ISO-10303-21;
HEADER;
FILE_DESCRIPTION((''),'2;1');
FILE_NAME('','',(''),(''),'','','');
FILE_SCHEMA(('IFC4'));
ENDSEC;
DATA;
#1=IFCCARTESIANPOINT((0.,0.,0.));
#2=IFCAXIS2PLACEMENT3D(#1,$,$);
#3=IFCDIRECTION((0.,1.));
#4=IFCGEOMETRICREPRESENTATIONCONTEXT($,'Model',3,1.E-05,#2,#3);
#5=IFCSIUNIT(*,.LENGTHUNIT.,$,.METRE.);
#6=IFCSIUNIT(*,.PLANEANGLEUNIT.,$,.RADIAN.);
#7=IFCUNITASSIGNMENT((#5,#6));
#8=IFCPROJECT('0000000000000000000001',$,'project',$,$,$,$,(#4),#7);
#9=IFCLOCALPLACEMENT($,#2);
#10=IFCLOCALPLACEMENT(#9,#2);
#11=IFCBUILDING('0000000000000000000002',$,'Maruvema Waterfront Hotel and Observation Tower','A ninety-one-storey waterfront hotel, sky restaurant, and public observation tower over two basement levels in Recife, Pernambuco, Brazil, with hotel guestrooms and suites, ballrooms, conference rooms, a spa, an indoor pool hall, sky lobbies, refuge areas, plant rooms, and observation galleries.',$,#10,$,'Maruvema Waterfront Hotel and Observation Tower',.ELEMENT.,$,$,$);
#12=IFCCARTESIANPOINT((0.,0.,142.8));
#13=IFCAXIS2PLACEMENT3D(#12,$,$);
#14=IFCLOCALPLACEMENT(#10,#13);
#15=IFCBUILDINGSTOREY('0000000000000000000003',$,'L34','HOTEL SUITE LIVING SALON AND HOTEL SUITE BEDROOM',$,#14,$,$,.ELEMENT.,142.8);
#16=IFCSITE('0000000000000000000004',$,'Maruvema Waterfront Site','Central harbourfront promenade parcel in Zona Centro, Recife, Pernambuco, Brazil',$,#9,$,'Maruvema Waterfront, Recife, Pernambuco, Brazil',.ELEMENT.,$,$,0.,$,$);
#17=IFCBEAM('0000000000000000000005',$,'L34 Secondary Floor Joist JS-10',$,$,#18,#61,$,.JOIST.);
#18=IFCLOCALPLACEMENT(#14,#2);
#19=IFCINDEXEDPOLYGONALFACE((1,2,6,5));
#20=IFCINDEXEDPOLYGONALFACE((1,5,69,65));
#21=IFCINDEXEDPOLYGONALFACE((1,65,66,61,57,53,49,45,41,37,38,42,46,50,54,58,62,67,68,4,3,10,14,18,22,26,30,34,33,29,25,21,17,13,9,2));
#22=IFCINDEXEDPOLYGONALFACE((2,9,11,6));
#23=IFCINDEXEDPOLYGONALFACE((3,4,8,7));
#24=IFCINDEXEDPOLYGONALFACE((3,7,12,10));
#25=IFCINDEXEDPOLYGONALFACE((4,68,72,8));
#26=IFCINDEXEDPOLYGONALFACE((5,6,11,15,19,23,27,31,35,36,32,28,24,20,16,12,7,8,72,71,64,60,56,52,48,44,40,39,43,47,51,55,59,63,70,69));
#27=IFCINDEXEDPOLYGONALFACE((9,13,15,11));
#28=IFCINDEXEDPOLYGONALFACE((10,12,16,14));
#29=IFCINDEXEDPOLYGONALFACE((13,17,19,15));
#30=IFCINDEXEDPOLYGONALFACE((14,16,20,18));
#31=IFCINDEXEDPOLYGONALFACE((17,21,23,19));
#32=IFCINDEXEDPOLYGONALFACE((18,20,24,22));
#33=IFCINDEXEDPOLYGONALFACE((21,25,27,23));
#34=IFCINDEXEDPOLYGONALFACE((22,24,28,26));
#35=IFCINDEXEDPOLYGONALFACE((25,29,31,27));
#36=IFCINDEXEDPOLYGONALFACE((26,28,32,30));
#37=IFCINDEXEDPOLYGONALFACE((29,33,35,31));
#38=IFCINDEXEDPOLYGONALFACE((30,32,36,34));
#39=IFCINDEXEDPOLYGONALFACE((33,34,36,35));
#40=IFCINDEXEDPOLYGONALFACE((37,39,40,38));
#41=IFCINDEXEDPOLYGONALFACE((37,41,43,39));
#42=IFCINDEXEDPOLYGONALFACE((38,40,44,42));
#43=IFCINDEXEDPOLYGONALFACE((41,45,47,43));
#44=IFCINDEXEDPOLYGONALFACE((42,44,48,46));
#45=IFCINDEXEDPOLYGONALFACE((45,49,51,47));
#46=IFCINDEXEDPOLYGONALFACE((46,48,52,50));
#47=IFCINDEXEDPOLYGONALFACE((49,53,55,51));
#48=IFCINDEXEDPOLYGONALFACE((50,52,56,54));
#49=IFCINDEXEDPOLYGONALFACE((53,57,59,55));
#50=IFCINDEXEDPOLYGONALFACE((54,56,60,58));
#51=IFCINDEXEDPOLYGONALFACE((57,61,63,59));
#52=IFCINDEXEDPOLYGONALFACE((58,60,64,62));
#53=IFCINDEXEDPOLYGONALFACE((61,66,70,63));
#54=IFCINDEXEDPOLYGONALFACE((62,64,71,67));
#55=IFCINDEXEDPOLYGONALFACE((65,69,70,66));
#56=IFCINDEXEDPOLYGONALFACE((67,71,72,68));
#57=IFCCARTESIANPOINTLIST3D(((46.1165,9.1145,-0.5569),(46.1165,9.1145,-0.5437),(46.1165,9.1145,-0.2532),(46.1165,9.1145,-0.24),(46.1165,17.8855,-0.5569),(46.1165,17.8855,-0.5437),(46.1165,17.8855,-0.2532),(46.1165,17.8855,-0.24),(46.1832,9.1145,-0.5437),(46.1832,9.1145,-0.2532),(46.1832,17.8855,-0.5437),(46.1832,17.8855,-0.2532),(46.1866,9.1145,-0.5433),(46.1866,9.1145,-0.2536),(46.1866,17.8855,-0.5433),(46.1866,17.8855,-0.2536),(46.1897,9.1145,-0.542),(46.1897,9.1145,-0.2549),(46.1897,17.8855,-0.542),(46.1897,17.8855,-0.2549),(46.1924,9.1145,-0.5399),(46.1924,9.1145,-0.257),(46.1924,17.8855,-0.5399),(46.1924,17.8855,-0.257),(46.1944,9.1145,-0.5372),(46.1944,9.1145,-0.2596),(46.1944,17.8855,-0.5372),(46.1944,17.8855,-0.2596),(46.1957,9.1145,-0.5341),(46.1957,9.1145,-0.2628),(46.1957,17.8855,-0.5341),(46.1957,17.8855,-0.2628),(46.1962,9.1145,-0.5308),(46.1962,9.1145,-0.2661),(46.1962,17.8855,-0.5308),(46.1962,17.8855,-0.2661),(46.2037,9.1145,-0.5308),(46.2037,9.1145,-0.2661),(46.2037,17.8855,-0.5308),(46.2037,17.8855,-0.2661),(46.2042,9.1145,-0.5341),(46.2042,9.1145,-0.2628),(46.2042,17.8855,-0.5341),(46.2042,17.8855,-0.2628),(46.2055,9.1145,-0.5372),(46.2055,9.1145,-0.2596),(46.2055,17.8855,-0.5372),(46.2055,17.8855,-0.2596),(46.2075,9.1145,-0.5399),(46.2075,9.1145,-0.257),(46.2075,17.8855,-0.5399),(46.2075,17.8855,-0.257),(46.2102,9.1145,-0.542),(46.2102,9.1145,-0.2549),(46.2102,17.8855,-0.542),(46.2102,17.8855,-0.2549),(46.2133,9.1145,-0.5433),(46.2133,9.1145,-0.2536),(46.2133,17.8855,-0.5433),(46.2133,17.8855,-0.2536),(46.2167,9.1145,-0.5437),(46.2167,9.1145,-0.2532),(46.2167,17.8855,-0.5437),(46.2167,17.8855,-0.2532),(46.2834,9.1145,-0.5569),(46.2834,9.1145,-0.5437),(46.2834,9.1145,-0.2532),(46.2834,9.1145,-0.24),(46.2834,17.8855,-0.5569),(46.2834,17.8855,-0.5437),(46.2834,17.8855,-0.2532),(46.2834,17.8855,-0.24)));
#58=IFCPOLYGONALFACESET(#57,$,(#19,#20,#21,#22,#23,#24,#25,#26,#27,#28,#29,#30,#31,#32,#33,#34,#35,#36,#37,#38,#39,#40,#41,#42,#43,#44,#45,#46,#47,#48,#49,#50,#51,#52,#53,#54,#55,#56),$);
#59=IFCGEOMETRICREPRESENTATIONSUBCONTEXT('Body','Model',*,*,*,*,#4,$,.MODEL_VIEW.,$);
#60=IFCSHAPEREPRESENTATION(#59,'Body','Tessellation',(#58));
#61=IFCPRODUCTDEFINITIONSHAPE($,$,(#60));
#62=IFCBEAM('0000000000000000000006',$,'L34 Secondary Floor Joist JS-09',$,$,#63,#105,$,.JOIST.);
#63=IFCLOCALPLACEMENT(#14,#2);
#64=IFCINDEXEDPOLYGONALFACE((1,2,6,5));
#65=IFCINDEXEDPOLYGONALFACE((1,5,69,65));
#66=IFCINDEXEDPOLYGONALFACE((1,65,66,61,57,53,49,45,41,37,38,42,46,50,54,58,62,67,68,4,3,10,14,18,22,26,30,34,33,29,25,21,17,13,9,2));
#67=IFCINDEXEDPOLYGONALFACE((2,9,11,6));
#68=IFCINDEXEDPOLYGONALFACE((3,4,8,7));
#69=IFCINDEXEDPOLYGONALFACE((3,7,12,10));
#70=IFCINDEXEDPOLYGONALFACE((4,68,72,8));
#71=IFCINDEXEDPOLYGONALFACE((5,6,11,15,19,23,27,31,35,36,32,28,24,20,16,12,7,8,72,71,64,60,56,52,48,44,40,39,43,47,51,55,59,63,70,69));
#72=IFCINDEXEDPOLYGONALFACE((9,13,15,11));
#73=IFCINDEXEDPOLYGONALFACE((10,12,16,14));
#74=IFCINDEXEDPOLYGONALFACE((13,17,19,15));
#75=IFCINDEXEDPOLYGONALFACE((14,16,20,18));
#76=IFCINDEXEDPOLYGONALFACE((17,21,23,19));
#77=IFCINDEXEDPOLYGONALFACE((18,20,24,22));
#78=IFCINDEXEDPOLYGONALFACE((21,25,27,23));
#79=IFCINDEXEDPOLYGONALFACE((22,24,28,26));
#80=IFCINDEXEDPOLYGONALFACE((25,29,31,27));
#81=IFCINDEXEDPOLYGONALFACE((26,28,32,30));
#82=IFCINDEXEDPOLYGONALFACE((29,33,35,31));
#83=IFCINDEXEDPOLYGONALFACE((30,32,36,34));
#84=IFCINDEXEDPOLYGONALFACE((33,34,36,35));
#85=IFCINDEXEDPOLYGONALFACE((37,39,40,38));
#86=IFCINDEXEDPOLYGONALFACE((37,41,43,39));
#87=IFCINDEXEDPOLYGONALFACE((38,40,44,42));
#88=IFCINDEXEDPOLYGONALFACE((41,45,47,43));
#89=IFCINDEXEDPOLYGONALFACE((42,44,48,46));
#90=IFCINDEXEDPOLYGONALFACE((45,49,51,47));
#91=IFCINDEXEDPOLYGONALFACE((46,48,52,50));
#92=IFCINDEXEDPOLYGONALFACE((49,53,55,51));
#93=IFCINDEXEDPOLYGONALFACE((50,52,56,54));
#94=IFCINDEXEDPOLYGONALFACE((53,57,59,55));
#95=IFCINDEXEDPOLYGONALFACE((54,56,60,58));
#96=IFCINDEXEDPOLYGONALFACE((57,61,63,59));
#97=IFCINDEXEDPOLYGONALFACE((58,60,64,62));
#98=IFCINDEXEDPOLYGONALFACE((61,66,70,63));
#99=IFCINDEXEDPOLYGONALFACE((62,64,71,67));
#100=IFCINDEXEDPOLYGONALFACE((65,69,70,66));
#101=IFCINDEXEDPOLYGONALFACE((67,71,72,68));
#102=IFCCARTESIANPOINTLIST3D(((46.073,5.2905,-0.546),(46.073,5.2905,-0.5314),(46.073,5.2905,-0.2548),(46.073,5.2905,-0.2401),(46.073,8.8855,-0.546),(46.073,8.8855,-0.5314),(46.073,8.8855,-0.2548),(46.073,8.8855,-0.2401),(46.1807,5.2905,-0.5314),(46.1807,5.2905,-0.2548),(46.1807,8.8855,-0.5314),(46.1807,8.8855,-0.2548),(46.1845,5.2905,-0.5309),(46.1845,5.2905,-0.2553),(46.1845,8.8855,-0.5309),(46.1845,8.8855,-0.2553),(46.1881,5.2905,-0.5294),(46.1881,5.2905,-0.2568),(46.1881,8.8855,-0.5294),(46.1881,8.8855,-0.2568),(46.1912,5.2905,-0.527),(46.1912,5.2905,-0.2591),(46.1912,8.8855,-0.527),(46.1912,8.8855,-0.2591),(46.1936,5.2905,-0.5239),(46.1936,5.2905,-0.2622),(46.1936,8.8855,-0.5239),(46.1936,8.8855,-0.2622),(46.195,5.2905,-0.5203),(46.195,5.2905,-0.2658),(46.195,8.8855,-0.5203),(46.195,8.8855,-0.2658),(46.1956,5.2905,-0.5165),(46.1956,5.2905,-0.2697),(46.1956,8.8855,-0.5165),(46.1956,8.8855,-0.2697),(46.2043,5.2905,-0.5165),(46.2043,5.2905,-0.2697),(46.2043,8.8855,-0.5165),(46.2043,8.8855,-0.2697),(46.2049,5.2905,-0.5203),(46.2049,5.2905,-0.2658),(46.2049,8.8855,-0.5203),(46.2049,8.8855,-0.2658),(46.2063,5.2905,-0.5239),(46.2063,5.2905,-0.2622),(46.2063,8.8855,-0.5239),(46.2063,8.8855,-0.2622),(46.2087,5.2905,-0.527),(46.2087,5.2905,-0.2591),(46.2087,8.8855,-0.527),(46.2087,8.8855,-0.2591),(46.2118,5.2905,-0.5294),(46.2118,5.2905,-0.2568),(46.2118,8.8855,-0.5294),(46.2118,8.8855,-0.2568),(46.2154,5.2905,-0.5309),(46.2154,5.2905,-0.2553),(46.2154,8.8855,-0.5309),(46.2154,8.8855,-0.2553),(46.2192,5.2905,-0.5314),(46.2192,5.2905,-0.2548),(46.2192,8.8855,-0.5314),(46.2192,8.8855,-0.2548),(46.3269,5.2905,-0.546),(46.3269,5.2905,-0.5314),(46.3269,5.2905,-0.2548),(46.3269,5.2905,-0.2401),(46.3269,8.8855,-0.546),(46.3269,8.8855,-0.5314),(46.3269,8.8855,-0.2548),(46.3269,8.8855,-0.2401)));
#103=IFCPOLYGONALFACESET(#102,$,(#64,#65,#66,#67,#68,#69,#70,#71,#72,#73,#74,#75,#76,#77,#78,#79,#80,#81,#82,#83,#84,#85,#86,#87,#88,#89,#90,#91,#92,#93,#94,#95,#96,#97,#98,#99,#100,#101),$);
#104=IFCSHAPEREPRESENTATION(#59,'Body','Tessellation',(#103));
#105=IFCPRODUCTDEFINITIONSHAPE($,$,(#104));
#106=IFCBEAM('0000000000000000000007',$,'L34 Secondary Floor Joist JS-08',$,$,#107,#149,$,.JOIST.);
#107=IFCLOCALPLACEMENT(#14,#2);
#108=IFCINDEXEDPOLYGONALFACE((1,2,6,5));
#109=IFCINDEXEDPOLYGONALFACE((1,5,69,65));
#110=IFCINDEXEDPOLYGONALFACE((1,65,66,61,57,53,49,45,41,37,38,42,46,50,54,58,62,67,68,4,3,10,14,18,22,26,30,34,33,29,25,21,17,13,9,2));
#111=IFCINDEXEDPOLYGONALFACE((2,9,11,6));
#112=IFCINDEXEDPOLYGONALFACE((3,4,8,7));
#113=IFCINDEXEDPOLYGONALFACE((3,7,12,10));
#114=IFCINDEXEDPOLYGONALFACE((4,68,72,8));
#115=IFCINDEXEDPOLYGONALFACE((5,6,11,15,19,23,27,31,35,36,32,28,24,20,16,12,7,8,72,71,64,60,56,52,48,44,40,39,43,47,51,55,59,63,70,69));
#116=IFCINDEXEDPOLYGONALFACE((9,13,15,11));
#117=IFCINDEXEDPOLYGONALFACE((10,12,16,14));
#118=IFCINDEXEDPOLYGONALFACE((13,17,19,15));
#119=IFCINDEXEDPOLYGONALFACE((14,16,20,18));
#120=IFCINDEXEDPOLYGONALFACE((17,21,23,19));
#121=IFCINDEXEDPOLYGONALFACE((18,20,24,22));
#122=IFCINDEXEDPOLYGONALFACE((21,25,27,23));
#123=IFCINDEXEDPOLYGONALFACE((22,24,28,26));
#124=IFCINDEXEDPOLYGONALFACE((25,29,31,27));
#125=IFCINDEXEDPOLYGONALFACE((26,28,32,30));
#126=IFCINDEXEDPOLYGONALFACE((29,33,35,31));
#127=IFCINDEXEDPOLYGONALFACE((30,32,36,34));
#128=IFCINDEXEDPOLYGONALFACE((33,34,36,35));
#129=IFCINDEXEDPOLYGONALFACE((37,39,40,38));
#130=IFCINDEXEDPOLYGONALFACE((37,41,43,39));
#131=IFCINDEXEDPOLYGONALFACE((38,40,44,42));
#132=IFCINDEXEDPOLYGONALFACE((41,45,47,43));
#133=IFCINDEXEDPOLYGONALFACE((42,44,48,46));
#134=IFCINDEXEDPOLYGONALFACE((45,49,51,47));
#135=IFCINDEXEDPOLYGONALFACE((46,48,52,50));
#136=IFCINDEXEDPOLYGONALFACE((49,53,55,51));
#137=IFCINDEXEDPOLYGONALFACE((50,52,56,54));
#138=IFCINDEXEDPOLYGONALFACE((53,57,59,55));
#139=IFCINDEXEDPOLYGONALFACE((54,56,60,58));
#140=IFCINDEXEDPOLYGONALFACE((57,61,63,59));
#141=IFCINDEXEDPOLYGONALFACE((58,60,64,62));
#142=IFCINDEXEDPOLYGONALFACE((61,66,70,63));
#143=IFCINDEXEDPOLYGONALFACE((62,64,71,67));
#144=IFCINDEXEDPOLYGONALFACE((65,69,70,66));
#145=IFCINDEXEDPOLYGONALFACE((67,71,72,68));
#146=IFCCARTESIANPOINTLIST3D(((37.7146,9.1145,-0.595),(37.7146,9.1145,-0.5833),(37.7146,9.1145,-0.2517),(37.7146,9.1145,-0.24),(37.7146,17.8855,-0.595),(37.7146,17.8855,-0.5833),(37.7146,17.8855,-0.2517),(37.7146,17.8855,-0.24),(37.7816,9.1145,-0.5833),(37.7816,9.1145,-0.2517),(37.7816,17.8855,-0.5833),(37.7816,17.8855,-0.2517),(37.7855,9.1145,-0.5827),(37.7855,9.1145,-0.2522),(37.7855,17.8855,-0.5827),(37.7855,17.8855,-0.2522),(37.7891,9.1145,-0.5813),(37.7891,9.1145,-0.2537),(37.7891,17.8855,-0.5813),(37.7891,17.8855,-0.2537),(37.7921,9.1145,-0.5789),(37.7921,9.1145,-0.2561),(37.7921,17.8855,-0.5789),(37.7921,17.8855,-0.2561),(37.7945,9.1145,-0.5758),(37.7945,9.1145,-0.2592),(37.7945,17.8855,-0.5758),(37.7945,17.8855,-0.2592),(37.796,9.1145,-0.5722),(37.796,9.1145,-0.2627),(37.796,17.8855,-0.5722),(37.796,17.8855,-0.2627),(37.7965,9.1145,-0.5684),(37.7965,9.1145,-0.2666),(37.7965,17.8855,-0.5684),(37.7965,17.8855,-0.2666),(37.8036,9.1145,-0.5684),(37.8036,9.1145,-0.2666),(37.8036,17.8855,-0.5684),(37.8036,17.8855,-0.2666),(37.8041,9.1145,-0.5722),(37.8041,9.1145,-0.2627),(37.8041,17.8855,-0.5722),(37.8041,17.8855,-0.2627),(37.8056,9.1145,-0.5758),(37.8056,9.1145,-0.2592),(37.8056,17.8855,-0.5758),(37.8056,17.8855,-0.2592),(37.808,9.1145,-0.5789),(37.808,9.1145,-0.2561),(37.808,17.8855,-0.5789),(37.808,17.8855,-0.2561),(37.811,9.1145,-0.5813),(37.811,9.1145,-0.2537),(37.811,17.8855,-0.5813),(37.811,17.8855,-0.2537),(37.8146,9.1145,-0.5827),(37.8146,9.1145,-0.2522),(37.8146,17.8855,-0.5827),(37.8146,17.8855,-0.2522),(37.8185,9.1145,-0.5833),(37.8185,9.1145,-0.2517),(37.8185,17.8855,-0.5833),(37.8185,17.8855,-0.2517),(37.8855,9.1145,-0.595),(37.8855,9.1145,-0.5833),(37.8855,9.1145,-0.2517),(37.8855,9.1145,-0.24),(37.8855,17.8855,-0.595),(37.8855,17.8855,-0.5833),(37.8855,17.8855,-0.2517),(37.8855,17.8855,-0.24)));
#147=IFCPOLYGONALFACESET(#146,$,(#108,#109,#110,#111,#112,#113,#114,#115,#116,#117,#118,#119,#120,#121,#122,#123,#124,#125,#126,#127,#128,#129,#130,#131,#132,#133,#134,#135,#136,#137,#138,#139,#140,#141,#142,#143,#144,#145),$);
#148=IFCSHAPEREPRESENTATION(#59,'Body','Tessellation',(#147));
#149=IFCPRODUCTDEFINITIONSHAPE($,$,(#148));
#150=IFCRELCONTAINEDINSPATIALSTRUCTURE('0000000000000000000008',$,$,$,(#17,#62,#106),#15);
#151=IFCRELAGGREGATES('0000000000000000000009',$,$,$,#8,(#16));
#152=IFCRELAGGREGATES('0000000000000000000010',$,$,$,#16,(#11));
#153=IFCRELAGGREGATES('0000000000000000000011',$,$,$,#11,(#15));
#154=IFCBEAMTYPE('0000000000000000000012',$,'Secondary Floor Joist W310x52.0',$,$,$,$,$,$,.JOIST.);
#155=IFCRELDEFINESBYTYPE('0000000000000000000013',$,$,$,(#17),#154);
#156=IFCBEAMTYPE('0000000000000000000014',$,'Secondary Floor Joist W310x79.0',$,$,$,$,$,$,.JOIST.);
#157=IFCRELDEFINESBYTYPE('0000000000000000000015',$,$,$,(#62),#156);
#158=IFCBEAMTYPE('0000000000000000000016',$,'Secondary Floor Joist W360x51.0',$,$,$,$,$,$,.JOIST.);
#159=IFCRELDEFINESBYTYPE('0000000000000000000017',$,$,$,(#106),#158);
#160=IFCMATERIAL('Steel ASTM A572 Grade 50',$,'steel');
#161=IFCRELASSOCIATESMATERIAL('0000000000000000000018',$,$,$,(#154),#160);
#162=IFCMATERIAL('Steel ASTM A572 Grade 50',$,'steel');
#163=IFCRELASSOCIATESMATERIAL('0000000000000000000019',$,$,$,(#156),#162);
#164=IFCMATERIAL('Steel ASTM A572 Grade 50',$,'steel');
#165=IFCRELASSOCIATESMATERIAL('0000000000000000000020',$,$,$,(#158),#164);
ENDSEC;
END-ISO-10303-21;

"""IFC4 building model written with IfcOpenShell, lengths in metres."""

from ifc_helpers import new_model, si_unit, direction, frame, origin, origin_2d, place, context, subcontext, project, spatial, i_section, extrude, material, material_profile, profile_set, type_object, element, save


model = new_model("IFC4")

# Units and contexts
model_context = context("Model", 3, precision=1e-05, world=origin(), true_north=direction((0.0, 1.0)))
body_context = subcontext(model_context, "Body", "Model", "MODEL_VIEW")
ifc_project = project(units=[si_unit("LENGTHUNIT", "METRE"), si_unit("PLANEANGLEUNIT", "RADIAN")], contexts=[model_context])

# Site, building, storey
site_placement = place(None, origin())
site = spatial("IfcSite", under=ifc_project, at=site_placement, Name="Maruvema Waterfront Site", Description="Central harbourfront promenade parcel in Zona Centro, Recife, Pernambuco, Brazil", LongName="Maruvema Waterfront, Recife, Pernambuco, Brazil", CompositionType="ELEMENT", RefElevation=0.0)
building_placement = place(site_placement, origin())
building = spatial("IfcBuilding", under=site, at=building_placement, Name="Maruvema Waterfront Hotel and Observation Tower", Description="A ninety-one-storey waterfront hotel, sky restaurant, and public observation tower over two basement levels in Recife, Pernambuco, Brazil, with hotel guestrooms and suites, ballrooms, conference rooms, a spa, an indoor pool hall, sky lobbies, refuge areas, plant rooms, and observation galleries.", LongName="Maruvema Waterfront Hotel and Observation Tower", CompositionType="ELEMENT")
storey_placement = place(building_placement, frame((0.0, 0.0, 142.8)))
storey = spatial("IfcBuildingStorey", under=building, at=storey_placement, Name="L34", Description="HOTEL SUITE LIVING SALON AND HOTEL SUITE BEDROOM", CompositionType="ELEMENT", Elevation=142.8)

# Beams
ifc_material_1 = material(Name="Steel ASTM A572 Grade 50", Category="steel")
ifc_material_profile_1 = material_profile(ifc_material_1, i_section(OverallWidth=0.167, OverallDepth=0.3169, WebThickness=0.0076, FlangeThickness=0.0132, FilletRadius=0.0129, at=origin_2d()), Name="W310x52.0")
ifc_profile_set_1 = profile_set([ifc_material_profile_1], Name="Steel ASTM A572 Grade 50")
beam_type_1 = type_object("IfcBeamType", Name="Secondary Floor Joist W310x52.0", PredefinedType="JOIST", material=ifc_profile_set_1)
beam_1_placement = place(storey_placement, frame((46.2, 9.1145, -0.3984), z_axis=(0.0, 1.0, 0.0), x_axis=(-1.0, 0.0, 0.0)))
element("IfcBeam", 1, at=beam_1_placement, inside=storey, type_object=beam_type_1, Name="L34 Secondary Floor Joist JS-10", PredefinedType="JOIST", context=body_context, shape_type="SweptSolid", body=[
    extrude(i_section(OverallWidth=0.167, OverallDepth=0.3169, WebThickness=0.0076, FlangeThickness=0.0132, FilletRadius=0.0129, at=origin_2d()), origin(), (0.0, 0.0, 1.0), 8.771),
])
ifc_material_2 = material(Name="Steel ASTM A572 Grade 50", Category="steel")
ifc_material_profile_2 = material_profile(ifc_material_2, i_section(OverallWidth=0.2539, OverallDepth=0.3059, WebThickness=0.0088, FlangeThickness=0.0146, FilletRadius=0.0149, at=origin_2d()), Name="W310x79.0")
ifc_profile_set_2 = profile_set([ifc_material_profile_2], Name="Steel ASTM A572 Grade 50")
beam_type_2 = type_object("IfcBeamType", Name="Secondary Floor Joist W310x79.0", PredefinedType="JOIST", material=ifc_profile_set_2)
beam_2_placement = place(storey_placement, frame((46.2, 5.2905, -0.3931), z_axis=(0.0, 1.0, 0.0), x_axis=(-1.0, 0.0, 0.0)))
element("IfcBeam", 2, at=beam_2_placement, inside=storey, type_object=beam_type_2, Name="L34 Secondary Floor Joist JS-09", PredefinedType="JOIST", context=body_context, shape_type="SweptSolid", body=[
    extrude(i_section(OverallWidth=0.2539, OverallDepth=0.3059, WebThickness=0.0088, FlangeThickness=0.0146, FilletRadius=0.0149, at=origin_2d()), origin(), (0.0, 0.0, 1.0), 3.595),
])
ifc_material_3 = material(Name="Steel ASTM A572 Grade 50", Category="steel")
ifc_material_profile_3 = material_profile(ifc_material_3, i_section(OverallWidth=0.1709, OverallDepth=0.355, WebThickness=0.0071, FlangeThickness=0.0117, FilletRadius=0.0149, at=origin_2d()), Name="W360x51.0")
ifc_profile_set_3 = profile_set([ifc_material_profile_3], Name="Steel ASTM A572 Grade 50")
beam_type_3 = type_object("IfcBeamType", Name="Secondary Floor Joist W360x51.0", PredefinedType="JOIST", material=ifc_profile_set_3)
beam_3_placement = place(storey_placement, frame((37.8, 9.1145, -0.4175), z_axis=(0.0, 1.0, 0.0), x_axis=(-1.0, 0.0, 0.0)))
element("IfcBeam", 3, at=beam_3_placement, inside=storey, type_object=beam_type_3, Name="L34 Secondary Floor Joist JS-08", PredefinedType="JOIST", context=body_context, shape_type="SweptSolid", body=[
    extrude(i_section(OverallWidth=0.1709, OverallDepth=0.355, WebThickness=0.0071, FlangeThickness=0.0117, FilletRadius=0.0149, at=origin_2d()), origin(), (0.0, 0.0, 1.0), 8.771),
])

save(model, "model.ifc")
